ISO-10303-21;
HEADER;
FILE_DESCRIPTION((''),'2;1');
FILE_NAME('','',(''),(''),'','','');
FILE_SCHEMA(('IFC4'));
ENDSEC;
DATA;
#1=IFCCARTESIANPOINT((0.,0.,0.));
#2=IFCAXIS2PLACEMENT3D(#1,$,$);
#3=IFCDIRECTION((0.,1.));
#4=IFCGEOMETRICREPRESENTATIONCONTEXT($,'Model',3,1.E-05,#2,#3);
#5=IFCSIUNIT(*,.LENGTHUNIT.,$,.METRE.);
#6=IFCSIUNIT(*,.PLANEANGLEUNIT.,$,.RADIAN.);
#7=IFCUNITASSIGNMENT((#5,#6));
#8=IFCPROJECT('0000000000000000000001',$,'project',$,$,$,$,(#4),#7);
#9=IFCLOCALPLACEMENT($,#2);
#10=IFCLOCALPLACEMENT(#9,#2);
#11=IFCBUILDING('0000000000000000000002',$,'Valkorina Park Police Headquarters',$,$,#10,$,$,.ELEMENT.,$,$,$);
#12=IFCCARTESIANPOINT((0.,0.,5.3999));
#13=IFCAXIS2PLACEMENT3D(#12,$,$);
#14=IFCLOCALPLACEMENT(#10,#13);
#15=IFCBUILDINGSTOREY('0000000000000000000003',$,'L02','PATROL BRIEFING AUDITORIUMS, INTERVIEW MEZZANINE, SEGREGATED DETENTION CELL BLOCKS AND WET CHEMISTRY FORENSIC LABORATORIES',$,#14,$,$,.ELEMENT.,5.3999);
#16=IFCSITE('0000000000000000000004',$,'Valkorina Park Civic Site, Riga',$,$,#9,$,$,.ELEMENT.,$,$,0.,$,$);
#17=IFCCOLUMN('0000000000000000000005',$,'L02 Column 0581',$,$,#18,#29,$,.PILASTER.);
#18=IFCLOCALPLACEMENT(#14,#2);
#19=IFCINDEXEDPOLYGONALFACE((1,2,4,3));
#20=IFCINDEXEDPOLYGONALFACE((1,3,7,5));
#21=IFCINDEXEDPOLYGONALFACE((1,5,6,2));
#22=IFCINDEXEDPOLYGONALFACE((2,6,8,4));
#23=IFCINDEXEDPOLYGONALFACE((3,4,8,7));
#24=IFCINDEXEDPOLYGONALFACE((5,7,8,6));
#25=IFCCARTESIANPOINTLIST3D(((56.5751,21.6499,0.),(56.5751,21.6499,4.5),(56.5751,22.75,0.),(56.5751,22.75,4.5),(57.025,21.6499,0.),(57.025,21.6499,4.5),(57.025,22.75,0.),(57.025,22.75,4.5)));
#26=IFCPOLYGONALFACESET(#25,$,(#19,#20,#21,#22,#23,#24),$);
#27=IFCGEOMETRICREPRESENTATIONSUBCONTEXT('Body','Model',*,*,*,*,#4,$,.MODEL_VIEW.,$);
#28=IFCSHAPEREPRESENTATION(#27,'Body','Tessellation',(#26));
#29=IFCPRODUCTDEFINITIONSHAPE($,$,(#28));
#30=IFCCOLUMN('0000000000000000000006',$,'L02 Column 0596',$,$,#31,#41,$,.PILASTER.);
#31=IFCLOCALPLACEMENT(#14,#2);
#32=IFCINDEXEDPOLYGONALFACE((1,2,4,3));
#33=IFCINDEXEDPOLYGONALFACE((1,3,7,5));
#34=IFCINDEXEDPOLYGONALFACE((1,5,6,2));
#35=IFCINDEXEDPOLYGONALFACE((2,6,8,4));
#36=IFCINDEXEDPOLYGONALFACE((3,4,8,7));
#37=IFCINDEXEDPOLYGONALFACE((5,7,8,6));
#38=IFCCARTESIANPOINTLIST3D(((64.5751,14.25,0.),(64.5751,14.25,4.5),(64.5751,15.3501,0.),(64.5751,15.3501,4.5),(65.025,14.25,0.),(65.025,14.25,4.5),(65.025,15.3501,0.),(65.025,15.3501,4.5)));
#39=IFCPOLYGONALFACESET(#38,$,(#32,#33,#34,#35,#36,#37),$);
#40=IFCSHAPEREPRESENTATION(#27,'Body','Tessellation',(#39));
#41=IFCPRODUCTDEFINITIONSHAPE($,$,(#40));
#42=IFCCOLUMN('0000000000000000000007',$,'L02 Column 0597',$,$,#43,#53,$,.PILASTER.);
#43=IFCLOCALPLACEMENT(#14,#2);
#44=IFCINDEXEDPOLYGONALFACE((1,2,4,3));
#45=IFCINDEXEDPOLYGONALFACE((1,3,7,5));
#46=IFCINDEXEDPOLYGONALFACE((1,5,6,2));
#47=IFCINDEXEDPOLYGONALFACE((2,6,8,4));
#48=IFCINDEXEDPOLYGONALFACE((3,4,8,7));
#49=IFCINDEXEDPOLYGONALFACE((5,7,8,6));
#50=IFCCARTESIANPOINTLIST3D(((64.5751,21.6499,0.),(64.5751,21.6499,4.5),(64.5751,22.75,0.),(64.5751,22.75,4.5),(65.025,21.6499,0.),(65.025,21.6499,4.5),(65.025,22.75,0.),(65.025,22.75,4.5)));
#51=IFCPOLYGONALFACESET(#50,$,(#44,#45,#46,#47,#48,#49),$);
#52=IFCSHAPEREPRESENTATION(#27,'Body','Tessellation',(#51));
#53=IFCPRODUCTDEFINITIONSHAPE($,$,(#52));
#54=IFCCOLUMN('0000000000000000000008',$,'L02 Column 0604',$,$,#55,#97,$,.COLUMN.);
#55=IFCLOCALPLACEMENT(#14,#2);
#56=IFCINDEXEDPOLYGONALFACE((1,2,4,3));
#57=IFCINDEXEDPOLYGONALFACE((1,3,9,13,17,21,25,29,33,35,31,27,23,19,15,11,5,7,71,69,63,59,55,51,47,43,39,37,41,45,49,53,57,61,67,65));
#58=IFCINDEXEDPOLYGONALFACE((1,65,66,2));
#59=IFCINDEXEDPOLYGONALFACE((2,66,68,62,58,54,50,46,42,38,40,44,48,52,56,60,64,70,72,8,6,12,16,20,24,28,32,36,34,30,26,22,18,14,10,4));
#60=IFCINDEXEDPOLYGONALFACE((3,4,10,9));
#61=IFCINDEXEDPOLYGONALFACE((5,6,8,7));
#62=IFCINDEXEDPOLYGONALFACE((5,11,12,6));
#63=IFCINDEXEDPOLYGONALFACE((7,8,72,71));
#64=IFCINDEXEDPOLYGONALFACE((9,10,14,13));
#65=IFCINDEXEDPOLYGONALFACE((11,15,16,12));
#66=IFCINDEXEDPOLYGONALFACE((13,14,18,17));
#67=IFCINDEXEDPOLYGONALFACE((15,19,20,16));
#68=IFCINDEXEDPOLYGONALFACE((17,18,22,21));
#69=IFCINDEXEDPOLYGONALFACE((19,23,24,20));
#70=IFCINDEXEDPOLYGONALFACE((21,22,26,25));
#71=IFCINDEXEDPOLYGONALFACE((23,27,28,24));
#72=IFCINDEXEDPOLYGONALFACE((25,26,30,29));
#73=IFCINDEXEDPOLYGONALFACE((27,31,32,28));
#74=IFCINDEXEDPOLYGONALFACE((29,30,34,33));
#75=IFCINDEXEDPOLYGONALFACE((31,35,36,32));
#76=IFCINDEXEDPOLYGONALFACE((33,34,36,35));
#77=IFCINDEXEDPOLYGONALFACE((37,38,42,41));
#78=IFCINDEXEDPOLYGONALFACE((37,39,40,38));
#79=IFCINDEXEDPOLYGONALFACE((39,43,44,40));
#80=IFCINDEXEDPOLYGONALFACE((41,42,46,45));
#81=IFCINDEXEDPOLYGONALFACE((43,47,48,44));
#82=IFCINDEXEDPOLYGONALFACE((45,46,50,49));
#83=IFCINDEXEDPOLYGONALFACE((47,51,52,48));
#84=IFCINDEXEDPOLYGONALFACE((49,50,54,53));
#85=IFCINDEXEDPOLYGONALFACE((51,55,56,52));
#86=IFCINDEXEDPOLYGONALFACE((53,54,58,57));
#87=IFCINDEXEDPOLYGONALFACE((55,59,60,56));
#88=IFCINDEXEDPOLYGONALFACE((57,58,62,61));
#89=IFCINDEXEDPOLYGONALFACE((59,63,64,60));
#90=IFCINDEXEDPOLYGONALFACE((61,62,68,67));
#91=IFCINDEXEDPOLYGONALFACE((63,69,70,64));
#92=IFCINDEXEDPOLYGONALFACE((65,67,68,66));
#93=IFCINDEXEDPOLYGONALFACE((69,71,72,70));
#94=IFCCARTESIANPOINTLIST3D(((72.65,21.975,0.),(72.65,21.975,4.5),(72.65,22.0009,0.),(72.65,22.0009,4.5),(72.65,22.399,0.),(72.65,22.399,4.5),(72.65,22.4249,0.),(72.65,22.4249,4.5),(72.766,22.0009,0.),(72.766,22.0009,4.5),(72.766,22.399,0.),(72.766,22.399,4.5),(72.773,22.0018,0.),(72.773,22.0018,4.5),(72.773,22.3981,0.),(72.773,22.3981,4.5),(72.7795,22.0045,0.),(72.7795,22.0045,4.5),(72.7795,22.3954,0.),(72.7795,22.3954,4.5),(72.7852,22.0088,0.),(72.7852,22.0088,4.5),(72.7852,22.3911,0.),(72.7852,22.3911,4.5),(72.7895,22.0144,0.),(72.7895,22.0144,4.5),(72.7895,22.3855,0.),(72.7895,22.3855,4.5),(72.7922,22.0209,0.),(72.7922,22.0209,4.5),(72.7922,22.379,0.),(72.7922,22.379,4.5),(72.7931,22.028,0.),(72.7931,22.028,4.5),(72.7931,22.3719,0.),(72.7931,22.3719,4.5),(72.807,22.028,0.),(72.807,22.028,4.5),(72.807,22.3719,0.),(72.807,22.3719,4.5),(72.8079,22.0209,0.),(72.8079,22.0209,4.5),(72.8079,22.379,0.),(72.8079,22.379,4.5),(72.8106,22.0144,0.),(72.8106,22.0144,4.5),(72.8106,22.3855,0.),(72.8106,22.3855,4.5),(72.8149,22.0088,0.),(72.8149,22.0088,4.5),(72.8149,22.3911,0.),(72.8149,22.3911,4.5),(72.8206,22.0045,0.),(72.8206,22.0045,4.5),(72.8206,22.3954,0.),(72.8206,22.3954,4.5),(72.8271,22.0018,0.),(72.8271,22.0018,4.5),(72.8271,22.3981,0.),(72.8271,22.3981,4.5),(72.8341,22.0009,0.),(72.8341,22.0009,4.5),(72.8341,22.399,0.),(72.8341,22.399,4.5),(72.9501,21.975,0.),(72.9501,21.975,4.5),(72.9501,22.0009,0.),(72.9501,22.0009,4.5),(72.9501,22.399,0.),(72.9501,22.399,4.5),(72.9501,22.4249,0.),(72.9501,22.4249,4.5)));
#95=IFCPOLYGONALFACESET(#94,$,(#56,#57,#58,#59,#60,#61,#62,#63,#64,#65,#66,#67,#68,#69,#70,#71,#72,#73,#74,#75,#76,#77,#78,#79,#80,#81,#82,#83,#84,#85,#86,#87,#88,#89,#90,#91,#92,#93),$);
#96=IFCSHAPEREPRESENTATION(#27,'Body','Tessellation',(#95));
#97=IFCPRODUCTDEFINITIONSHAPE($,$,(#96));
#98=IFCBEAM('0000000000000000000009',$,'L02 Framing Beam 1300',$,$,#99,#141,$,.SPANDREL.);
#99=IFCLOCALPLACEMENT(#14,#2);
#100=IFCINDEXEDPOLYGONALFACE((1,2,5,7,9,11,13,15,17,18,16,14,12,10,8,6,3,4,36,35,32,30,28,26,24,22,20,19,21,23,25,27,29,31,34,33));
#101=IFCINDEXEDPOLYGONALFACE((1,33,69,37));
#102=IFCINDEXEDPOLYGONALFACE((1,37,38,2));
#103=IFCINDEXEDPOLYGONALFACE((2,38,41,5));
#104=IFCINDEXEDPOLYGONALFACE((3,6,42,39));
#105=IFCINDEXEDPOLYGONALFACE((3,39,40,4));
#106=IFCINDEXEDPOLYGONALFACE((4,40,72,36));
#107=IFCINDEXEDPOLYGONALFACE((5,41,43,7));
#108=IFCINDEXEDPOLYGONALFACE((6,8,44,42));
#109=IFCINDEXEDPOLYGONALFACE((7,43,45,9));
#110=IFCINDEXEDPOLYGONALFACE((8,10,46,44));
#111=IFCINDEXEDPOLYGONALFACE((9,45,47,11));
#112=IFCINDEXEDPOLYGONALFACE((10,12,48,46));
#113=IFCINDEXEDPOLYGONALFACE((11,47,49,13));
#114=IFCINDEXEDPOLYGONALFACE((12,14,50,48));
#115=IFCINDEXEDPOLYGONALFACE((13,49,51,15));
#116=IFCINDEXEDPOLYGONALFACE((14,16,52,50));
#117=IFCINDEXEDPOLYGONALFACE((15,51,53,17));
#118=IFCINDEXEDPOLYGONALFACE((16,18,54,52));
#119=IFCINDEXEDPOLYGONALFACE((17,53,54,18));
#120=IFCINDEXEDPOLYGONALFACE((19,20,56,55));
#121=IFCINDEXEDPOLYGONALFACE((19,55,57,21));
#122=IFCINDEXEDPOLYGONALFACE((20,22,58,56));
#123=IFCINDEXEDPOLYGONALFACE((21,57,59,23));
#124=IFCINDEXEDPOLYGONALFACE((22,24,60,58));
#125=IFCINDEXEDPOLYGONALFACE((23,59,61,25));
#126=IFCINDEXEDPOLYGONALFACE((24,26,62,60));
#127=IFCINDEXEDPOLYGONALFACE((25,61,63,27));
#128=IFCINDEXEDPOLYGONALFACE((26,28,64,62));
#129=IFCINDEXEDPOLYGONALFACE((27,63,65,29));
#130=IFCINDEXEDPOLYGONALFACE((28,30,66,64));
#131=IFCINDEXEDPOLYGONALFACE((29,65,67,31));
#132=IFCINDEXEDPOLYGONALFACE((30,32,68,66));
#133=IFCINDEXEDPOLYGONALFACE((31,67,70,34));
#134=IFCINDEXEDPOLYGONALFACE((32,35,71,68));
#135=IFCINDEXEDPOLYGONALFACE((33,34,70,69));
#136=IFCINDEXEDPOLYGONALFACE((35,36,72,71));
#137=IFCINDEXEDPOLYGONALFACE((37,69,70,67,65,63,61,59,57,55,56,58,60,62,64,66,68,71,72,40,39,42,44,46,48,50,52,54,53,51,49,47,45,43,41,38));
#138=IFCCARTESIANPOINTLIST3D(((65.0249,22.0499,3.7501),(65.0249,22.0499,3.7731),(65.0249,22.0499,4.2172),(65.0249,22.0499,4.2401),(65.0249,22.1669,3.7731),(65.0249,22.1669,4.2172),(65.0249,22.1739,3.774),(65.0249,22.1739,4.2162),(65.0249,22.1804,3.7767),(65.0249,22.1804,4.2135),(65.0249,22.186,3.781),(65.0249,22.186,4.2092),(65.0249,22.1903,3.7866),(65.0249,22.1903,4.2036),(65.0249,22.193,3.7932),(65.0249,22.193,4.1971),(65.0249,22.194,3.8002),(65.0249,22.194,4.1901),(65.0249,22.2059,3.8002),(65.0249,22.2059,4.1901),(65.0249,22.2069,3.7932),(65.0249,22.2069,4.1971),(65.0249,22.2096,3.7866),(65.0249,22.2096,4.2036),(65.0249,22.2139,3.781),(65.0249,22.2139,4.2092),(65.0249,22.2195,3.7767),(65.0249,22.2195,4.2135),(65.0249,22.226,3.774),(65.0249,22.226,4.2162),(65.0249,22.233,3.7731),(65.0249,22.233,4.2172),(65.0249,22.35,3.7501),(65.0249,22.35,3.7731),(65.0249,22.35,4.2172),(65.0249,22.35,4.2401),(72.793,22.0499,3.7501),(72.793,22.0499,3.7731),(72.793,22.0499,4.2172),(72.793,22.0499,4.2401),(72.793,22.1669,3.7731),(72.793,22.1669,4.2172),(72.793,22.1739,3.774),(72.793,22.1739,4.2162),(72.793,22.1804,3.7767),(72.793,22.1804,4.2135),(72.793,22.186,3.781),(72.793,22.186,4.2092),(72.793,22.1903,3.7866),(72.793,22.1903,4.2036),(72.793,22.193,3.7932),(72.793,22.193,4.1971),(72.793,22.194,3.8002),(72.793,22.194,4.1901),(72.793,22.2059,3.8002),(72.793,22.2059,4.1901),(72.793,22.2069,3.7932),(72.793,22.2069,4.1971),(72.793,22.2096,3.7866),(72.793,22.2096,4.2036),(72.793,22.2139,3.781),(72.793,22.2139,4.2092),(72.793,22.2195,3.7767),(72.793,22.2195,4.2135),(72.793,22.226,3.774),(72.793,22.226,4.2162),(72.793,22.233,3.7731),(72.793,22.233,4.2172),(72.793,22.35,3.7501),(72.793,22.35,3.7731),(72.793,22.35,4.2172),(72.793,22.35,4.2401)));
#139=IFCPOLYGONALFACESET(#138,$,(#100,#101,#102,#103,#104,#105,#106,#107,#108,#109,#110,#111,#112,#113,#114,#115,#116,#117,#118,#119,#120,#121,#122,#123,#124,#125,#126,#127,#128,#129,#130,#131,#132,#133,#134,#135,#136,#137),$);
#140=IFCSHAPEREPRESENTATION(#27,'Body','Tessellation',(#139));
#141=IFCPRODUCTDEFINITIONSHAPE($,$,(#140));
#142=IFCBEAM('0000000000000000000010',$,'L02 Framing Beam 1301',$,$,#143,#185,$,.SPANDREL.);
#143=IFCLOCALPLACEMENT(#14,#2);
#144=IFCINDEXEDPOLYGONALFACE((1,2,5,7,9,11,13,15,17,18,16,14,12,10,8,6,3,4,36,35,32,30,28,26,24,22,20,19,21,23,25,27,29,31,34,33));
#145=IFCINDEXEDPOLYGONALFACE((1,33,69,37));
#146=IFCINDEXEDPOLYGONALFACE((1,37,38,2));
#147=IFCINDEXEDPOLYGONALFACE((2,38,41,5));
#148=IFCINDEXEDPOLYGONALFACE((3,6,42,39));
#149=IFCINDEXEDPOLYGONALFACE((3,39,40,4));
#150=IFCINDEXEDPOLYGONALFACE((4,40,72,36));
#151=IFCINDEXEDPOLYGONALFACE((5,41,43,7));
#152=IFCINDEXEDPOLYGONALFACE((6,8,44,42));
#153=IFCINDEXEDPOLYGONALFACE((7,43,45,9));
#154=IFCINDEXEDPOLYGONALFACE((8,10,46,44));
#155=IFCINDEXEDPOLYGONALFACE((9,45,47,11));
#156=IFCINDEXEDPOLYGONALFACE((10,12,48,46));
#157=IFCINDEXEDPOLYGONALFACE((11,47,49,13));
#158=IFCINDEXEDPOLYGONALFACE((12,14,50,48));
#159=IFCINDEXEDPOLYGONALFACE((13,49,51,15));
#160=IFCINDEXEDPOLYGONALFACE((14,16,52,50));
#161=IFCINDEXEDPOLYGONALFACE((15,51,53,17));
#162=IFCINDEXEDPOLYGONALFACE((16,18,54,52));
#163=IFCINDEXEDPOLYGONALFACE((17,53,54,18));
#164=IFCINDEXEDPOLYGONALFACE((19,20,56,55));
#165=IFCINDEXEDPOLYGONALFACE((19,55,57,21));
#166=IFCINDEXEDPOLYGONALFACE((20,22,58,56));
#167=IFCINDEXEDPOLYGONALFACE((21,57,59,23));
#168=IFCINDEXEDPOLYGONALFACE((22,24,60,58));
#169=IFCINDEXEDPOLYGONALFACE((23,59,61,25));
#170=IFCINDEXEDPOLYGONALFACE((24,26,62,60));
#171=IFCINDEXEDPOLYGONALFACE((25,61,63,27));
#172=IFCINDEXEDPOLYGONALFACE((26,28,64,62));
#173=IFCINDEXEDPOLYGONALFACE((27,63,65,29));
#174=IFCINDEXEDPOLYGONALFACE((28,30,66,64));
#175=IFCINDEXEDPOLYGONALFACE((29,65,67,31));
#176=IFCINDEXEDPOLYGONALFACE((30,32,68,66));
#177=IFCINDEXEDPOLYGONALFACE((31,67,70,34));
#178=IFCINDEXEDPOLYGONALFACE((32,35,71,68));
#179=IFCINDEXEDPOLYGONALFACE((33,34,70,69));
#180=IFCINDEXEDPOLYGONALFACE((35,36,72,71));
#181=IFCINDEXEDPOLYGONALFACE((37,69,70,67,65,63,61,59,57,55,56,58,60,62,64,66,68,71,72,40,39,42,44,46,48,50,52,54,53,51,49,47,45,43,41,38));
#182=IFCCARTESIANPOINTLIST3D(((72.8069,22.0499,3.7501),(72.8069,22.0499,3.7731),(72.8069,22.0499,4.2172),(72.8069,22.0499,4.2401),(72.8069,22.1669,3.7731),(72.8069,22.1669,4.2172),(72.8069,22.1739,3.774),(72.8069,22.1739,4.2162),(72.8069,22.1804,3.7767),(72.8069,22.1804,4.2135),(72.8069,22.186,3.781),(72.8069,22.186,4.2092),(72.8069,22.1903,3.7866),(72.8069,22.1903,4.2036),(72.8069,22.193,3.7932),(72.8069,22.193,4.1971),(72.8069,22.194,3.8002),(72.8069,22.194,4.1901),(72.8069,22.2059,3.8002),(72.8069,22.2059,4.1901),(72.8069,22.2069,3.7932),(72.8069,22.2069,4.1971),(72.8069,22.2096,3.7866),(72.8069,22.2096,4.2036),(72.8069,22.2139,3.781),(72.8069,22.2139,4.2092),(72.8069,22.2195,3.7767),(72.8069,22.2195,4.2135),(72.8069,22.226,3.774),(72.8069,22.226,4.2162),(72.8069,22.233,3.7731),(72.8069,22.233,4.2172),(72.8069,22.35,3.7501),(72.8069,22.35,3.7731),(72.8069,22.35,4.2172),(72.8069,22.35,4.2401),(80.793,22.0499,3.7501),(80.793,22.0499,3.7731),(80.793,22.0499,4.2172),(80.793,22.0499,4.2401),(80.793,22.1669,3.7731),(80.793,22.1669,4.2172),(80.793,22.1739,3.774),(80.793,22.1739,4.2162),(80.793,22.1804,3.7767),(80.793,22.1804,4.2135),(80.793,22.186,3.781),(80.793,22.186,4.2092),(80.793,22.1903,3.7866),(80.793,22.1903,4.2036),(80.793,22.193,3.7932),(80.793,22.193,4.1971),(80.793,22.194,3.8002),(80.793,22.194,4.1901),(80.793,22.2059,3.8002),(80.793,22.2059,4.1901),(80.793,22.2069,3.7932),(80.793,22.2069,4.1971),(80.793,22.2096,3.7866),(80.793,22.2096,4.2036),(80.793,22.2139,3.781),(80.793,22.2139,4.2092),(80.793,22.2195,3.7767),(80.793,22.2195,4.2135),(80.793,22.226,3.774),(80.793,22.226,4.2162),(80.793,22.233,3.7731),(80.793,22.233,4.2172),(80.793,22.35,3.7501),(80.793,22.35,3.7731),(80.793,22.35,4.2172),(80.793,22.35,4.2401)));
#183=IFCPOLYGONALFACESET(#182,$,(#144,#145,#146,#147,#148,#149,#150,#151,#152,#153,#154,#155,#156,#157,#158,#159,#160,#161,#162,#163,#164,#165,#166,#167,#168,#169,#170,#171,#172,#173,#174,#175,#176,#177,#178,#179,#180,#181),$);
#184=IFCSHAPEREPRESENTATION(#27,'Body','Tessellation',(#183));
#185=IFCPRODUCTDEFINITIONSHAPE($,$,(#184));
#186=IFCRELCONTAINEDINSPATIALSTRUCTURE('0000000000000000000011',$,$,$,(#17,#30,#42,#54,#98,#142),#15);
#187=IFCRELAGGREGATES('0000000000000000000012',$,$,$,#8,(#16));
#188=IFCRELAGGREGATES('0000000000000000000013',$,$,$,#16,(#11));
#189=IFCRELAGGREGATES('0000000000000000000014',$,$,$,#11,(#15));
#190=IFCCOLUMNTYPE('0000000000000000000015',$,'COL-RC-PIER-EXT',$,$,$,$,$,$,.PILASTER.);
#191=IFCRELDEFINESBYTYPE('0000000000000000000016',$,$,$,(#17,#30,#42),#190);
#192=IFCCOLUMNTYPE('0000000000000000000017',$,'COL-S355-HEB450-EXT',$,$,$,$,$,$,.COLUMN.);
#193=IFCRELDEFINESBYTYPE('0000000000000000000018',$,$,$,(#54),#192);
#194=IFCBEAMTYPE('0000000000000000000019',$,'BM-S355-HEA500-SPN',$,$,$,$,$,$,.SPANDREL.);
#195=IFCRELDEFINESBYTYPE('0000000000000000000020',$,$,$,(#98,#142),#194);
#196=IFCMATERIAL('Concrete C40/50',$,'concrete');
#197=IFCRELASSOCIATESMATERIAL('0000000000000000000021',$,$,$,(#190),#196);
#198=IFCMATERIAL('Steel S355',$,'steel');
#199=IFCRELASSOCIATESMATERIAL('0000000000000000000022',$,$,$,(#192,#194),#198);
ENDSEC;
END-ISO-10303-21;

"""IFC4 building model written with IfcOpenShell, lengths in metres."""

from ifc_helpers import new_model, si_unit, direction, frame, origin, origin_2d, place, context, subcontext, project, spatial, rectangle, i_section, extrude, material, material_profile, profile_set, type_object, element, save


model = new_model("IFC4")

# Units and contexts
model_context = context("Model", 3, precision=1e-05, world=origin(), true_north=direction((0.0, 1.0)))
body_context = subcontext(model_context, "Body", "Model", "MODEL_VIEW")
ifc_project = project(units=[si_unit("LENGTHUNIT", "METRE"), si_unit("PLANEANGLEUNIT", "RADIAN")], contexts=[model_context])

# Site, building, storey
site_placement = place(None, origin())
site = spatial("IfcSite", under=ifc_project, at=site_placement, Name="Valkorina Park Civic Site, Riga", CompositionType="ELEMENT", RefElevation=0.0)
building_placement = place(site_placement, origin())
building = spatial("IfcBuilding", under=site, at=building_placement, Name="Valkorina Park Police Headquarters", CompositionType="ELEMENT")
storey_placement = place(building_placement, frame((0.0, 0.0, 5.3999)))
storey = spatial("IfcBuildingStorey", under=building, at=storey_placement, Name="L02", Description="PATROL BRIEFING AUDITORIUMS, INTERVIEW MEZZANINE, SEGREGATED DETENTION CELL BLOCKS AND WET CHEMISTRY FORENSIC LABORATORIES", CompositionType="ELEMENT", Elevation=5.3999)

# Columns
ifc_material_1 = material(Name="Concrete C40/50", Category="concrete")
ifc_material_profile_1 = material_profile(ifc_material_1, rectangle(XDim=0.45, YDim=1.1001, at=origin_2d()), Name="RC PIER 450x1100")
ifc_profile_set_1 = profile_set([ifc_material_profile_1], Name="Concrete C40/50")
column_type_1 = type_object("IfcColumnType", Name="COL-RC-PIER-EXT", PredefinedType="PILASTER", material=ifc_profile_set_1)
for number, where, z_axis, x_axis, name in (
    (1, (56.8, 22.2, 0.0), (0.0, 0.0, 1.0), (1.0, 0.0, 0.0), "L02 Column 0581"),
    (2, (64.8, 14.8, 0.0), (0.0, 0.0, 1.0), (1.0, 0.0, 0.0), "L02 Column 0596"),
    (3, (64.8, 22.2, 0.0), (0.0, 0.0, 1.0), (1.0, 0.0, 0.0), "L02 Column 0597"),
):
    element("IfcColumn", number, at=place(storey_placement, frame(where, z_axis=z_axis, x_axis=x_axis)), inside=storey, type_object=column_type_1, Name=name, PredefinedType="PILASTER", context=body_context, shape_type="SweptSolid", body=[
        extrude(rectangle(XDim=0.45, YDim=1.1001, at=origin_2d()), origin(), (0.0, 0.0, 1.0), 4.5),
    ])
ifc_material_2 = material(Name="Steel S355", Category="steel")
ifc_material_profile_2 = material_profile(ifc_material_2, i_section(OverallWidth=0.3, OverallDepth=0.45, WebThickness=0.0139, FlangeThickness=0.0259, FilletRadius=0.0271, at=origin_2d()), Name="HEB 450")
ifc_profile_set_2 = profile_set([ifc_material_profile_2], Name="Steel S355")
column_type_2 = type_object("IfcColumnType", Name="COL-S355-HEB450-EXT", PredefinedType="COLUMN", material=ifc_profile_set_2)
column_placement = place(storey_placement, frame((72.8, 22.2, 0.0), z_axis=(0.0, 0.0, 1.0), x_axis=(1.0, 0.0, 0.0)))
element("IfcColumn", 4, at=column_placement, inside=storey, type_object=column_type_2, Name="L02 Column 0604", PredefinedType="COLUMN", context=body_context, shape_type="SweptSolid", body=[
    extrude(i_section(OverallWidth=0.3, OverallDepth=0.45, WebThickness=0.0139, FlangeThickness=0.0259, FilletRadius=0.0271, at=origin_2d()), origin(), (0.0, 0.0, 1.0), 4.5),
])

# Beams
ifc_material_profile_3 = material_profile(ifc_material_2, i_section(OverallWidth=0.3, OverallDepth=0.49, WebThickness=0.012, FlangeThickness=0.0229, FilletRadius=0.0271, at=origin_2d()), Name="HEA 500")
ifc_profile_set_3 = profile_set([ifc_material_profile_3], Name="Steel S355")
beam_type_1 = type_object("IfcBeamType", Name="BM-S355-HEA500-SPN", PredefinedType="SPANDREL", material=ifc_profile_set_3)
beam_1_placement = place(storey_placement, frame((65.0249, 22.2, 3.9951), z_axis=(1.0, 0.0, 0.0), x_axis=(0.0, 1.0, 0.0)))
element("IfcBeam", 5, at=beam_1_placement, inside=storey, type_object=beam_type_1, Name="L02 Framing Beam 1300", PredefinedType="SPANDREL", context=body_context, shape_type="SweptSolid", body=[
    extrude(i_section(OverallWidth=0.3, OverallDepth=0.49, WebThickness=0.012, FlangeThickness=0.0229, FilletRadius=0.0271, at=origin_2d()), origin(), (0.0, 0.0, 1.0), 7.7681),
])
beam_2_placement = place(storey_placement, frame((72.8069, 22.2, 3.9951), z_axis=(1.0, 0.0, 0.0), x_axis=(0.0, 1.0, 0.0)))
element("IfcBeam", 6, at=beam_2_placement, inside=storey, type_object=beam_type_1, Name="L02 Framing Beam 1301", PredefinedType="SPANDREL", context=body_context, shape_type="SweptSolid", body=[
    extrude(i_section(OverallWidth=0.3, OverallDepth=0.49, WebThickness=0.012, FlangeThickness=0.0229, FilletRadius=0.0271, at=origin_2d()), origin(), (0.0, 0.0, 1.0), 7.9861),
])

save(model, "model.ifc")
